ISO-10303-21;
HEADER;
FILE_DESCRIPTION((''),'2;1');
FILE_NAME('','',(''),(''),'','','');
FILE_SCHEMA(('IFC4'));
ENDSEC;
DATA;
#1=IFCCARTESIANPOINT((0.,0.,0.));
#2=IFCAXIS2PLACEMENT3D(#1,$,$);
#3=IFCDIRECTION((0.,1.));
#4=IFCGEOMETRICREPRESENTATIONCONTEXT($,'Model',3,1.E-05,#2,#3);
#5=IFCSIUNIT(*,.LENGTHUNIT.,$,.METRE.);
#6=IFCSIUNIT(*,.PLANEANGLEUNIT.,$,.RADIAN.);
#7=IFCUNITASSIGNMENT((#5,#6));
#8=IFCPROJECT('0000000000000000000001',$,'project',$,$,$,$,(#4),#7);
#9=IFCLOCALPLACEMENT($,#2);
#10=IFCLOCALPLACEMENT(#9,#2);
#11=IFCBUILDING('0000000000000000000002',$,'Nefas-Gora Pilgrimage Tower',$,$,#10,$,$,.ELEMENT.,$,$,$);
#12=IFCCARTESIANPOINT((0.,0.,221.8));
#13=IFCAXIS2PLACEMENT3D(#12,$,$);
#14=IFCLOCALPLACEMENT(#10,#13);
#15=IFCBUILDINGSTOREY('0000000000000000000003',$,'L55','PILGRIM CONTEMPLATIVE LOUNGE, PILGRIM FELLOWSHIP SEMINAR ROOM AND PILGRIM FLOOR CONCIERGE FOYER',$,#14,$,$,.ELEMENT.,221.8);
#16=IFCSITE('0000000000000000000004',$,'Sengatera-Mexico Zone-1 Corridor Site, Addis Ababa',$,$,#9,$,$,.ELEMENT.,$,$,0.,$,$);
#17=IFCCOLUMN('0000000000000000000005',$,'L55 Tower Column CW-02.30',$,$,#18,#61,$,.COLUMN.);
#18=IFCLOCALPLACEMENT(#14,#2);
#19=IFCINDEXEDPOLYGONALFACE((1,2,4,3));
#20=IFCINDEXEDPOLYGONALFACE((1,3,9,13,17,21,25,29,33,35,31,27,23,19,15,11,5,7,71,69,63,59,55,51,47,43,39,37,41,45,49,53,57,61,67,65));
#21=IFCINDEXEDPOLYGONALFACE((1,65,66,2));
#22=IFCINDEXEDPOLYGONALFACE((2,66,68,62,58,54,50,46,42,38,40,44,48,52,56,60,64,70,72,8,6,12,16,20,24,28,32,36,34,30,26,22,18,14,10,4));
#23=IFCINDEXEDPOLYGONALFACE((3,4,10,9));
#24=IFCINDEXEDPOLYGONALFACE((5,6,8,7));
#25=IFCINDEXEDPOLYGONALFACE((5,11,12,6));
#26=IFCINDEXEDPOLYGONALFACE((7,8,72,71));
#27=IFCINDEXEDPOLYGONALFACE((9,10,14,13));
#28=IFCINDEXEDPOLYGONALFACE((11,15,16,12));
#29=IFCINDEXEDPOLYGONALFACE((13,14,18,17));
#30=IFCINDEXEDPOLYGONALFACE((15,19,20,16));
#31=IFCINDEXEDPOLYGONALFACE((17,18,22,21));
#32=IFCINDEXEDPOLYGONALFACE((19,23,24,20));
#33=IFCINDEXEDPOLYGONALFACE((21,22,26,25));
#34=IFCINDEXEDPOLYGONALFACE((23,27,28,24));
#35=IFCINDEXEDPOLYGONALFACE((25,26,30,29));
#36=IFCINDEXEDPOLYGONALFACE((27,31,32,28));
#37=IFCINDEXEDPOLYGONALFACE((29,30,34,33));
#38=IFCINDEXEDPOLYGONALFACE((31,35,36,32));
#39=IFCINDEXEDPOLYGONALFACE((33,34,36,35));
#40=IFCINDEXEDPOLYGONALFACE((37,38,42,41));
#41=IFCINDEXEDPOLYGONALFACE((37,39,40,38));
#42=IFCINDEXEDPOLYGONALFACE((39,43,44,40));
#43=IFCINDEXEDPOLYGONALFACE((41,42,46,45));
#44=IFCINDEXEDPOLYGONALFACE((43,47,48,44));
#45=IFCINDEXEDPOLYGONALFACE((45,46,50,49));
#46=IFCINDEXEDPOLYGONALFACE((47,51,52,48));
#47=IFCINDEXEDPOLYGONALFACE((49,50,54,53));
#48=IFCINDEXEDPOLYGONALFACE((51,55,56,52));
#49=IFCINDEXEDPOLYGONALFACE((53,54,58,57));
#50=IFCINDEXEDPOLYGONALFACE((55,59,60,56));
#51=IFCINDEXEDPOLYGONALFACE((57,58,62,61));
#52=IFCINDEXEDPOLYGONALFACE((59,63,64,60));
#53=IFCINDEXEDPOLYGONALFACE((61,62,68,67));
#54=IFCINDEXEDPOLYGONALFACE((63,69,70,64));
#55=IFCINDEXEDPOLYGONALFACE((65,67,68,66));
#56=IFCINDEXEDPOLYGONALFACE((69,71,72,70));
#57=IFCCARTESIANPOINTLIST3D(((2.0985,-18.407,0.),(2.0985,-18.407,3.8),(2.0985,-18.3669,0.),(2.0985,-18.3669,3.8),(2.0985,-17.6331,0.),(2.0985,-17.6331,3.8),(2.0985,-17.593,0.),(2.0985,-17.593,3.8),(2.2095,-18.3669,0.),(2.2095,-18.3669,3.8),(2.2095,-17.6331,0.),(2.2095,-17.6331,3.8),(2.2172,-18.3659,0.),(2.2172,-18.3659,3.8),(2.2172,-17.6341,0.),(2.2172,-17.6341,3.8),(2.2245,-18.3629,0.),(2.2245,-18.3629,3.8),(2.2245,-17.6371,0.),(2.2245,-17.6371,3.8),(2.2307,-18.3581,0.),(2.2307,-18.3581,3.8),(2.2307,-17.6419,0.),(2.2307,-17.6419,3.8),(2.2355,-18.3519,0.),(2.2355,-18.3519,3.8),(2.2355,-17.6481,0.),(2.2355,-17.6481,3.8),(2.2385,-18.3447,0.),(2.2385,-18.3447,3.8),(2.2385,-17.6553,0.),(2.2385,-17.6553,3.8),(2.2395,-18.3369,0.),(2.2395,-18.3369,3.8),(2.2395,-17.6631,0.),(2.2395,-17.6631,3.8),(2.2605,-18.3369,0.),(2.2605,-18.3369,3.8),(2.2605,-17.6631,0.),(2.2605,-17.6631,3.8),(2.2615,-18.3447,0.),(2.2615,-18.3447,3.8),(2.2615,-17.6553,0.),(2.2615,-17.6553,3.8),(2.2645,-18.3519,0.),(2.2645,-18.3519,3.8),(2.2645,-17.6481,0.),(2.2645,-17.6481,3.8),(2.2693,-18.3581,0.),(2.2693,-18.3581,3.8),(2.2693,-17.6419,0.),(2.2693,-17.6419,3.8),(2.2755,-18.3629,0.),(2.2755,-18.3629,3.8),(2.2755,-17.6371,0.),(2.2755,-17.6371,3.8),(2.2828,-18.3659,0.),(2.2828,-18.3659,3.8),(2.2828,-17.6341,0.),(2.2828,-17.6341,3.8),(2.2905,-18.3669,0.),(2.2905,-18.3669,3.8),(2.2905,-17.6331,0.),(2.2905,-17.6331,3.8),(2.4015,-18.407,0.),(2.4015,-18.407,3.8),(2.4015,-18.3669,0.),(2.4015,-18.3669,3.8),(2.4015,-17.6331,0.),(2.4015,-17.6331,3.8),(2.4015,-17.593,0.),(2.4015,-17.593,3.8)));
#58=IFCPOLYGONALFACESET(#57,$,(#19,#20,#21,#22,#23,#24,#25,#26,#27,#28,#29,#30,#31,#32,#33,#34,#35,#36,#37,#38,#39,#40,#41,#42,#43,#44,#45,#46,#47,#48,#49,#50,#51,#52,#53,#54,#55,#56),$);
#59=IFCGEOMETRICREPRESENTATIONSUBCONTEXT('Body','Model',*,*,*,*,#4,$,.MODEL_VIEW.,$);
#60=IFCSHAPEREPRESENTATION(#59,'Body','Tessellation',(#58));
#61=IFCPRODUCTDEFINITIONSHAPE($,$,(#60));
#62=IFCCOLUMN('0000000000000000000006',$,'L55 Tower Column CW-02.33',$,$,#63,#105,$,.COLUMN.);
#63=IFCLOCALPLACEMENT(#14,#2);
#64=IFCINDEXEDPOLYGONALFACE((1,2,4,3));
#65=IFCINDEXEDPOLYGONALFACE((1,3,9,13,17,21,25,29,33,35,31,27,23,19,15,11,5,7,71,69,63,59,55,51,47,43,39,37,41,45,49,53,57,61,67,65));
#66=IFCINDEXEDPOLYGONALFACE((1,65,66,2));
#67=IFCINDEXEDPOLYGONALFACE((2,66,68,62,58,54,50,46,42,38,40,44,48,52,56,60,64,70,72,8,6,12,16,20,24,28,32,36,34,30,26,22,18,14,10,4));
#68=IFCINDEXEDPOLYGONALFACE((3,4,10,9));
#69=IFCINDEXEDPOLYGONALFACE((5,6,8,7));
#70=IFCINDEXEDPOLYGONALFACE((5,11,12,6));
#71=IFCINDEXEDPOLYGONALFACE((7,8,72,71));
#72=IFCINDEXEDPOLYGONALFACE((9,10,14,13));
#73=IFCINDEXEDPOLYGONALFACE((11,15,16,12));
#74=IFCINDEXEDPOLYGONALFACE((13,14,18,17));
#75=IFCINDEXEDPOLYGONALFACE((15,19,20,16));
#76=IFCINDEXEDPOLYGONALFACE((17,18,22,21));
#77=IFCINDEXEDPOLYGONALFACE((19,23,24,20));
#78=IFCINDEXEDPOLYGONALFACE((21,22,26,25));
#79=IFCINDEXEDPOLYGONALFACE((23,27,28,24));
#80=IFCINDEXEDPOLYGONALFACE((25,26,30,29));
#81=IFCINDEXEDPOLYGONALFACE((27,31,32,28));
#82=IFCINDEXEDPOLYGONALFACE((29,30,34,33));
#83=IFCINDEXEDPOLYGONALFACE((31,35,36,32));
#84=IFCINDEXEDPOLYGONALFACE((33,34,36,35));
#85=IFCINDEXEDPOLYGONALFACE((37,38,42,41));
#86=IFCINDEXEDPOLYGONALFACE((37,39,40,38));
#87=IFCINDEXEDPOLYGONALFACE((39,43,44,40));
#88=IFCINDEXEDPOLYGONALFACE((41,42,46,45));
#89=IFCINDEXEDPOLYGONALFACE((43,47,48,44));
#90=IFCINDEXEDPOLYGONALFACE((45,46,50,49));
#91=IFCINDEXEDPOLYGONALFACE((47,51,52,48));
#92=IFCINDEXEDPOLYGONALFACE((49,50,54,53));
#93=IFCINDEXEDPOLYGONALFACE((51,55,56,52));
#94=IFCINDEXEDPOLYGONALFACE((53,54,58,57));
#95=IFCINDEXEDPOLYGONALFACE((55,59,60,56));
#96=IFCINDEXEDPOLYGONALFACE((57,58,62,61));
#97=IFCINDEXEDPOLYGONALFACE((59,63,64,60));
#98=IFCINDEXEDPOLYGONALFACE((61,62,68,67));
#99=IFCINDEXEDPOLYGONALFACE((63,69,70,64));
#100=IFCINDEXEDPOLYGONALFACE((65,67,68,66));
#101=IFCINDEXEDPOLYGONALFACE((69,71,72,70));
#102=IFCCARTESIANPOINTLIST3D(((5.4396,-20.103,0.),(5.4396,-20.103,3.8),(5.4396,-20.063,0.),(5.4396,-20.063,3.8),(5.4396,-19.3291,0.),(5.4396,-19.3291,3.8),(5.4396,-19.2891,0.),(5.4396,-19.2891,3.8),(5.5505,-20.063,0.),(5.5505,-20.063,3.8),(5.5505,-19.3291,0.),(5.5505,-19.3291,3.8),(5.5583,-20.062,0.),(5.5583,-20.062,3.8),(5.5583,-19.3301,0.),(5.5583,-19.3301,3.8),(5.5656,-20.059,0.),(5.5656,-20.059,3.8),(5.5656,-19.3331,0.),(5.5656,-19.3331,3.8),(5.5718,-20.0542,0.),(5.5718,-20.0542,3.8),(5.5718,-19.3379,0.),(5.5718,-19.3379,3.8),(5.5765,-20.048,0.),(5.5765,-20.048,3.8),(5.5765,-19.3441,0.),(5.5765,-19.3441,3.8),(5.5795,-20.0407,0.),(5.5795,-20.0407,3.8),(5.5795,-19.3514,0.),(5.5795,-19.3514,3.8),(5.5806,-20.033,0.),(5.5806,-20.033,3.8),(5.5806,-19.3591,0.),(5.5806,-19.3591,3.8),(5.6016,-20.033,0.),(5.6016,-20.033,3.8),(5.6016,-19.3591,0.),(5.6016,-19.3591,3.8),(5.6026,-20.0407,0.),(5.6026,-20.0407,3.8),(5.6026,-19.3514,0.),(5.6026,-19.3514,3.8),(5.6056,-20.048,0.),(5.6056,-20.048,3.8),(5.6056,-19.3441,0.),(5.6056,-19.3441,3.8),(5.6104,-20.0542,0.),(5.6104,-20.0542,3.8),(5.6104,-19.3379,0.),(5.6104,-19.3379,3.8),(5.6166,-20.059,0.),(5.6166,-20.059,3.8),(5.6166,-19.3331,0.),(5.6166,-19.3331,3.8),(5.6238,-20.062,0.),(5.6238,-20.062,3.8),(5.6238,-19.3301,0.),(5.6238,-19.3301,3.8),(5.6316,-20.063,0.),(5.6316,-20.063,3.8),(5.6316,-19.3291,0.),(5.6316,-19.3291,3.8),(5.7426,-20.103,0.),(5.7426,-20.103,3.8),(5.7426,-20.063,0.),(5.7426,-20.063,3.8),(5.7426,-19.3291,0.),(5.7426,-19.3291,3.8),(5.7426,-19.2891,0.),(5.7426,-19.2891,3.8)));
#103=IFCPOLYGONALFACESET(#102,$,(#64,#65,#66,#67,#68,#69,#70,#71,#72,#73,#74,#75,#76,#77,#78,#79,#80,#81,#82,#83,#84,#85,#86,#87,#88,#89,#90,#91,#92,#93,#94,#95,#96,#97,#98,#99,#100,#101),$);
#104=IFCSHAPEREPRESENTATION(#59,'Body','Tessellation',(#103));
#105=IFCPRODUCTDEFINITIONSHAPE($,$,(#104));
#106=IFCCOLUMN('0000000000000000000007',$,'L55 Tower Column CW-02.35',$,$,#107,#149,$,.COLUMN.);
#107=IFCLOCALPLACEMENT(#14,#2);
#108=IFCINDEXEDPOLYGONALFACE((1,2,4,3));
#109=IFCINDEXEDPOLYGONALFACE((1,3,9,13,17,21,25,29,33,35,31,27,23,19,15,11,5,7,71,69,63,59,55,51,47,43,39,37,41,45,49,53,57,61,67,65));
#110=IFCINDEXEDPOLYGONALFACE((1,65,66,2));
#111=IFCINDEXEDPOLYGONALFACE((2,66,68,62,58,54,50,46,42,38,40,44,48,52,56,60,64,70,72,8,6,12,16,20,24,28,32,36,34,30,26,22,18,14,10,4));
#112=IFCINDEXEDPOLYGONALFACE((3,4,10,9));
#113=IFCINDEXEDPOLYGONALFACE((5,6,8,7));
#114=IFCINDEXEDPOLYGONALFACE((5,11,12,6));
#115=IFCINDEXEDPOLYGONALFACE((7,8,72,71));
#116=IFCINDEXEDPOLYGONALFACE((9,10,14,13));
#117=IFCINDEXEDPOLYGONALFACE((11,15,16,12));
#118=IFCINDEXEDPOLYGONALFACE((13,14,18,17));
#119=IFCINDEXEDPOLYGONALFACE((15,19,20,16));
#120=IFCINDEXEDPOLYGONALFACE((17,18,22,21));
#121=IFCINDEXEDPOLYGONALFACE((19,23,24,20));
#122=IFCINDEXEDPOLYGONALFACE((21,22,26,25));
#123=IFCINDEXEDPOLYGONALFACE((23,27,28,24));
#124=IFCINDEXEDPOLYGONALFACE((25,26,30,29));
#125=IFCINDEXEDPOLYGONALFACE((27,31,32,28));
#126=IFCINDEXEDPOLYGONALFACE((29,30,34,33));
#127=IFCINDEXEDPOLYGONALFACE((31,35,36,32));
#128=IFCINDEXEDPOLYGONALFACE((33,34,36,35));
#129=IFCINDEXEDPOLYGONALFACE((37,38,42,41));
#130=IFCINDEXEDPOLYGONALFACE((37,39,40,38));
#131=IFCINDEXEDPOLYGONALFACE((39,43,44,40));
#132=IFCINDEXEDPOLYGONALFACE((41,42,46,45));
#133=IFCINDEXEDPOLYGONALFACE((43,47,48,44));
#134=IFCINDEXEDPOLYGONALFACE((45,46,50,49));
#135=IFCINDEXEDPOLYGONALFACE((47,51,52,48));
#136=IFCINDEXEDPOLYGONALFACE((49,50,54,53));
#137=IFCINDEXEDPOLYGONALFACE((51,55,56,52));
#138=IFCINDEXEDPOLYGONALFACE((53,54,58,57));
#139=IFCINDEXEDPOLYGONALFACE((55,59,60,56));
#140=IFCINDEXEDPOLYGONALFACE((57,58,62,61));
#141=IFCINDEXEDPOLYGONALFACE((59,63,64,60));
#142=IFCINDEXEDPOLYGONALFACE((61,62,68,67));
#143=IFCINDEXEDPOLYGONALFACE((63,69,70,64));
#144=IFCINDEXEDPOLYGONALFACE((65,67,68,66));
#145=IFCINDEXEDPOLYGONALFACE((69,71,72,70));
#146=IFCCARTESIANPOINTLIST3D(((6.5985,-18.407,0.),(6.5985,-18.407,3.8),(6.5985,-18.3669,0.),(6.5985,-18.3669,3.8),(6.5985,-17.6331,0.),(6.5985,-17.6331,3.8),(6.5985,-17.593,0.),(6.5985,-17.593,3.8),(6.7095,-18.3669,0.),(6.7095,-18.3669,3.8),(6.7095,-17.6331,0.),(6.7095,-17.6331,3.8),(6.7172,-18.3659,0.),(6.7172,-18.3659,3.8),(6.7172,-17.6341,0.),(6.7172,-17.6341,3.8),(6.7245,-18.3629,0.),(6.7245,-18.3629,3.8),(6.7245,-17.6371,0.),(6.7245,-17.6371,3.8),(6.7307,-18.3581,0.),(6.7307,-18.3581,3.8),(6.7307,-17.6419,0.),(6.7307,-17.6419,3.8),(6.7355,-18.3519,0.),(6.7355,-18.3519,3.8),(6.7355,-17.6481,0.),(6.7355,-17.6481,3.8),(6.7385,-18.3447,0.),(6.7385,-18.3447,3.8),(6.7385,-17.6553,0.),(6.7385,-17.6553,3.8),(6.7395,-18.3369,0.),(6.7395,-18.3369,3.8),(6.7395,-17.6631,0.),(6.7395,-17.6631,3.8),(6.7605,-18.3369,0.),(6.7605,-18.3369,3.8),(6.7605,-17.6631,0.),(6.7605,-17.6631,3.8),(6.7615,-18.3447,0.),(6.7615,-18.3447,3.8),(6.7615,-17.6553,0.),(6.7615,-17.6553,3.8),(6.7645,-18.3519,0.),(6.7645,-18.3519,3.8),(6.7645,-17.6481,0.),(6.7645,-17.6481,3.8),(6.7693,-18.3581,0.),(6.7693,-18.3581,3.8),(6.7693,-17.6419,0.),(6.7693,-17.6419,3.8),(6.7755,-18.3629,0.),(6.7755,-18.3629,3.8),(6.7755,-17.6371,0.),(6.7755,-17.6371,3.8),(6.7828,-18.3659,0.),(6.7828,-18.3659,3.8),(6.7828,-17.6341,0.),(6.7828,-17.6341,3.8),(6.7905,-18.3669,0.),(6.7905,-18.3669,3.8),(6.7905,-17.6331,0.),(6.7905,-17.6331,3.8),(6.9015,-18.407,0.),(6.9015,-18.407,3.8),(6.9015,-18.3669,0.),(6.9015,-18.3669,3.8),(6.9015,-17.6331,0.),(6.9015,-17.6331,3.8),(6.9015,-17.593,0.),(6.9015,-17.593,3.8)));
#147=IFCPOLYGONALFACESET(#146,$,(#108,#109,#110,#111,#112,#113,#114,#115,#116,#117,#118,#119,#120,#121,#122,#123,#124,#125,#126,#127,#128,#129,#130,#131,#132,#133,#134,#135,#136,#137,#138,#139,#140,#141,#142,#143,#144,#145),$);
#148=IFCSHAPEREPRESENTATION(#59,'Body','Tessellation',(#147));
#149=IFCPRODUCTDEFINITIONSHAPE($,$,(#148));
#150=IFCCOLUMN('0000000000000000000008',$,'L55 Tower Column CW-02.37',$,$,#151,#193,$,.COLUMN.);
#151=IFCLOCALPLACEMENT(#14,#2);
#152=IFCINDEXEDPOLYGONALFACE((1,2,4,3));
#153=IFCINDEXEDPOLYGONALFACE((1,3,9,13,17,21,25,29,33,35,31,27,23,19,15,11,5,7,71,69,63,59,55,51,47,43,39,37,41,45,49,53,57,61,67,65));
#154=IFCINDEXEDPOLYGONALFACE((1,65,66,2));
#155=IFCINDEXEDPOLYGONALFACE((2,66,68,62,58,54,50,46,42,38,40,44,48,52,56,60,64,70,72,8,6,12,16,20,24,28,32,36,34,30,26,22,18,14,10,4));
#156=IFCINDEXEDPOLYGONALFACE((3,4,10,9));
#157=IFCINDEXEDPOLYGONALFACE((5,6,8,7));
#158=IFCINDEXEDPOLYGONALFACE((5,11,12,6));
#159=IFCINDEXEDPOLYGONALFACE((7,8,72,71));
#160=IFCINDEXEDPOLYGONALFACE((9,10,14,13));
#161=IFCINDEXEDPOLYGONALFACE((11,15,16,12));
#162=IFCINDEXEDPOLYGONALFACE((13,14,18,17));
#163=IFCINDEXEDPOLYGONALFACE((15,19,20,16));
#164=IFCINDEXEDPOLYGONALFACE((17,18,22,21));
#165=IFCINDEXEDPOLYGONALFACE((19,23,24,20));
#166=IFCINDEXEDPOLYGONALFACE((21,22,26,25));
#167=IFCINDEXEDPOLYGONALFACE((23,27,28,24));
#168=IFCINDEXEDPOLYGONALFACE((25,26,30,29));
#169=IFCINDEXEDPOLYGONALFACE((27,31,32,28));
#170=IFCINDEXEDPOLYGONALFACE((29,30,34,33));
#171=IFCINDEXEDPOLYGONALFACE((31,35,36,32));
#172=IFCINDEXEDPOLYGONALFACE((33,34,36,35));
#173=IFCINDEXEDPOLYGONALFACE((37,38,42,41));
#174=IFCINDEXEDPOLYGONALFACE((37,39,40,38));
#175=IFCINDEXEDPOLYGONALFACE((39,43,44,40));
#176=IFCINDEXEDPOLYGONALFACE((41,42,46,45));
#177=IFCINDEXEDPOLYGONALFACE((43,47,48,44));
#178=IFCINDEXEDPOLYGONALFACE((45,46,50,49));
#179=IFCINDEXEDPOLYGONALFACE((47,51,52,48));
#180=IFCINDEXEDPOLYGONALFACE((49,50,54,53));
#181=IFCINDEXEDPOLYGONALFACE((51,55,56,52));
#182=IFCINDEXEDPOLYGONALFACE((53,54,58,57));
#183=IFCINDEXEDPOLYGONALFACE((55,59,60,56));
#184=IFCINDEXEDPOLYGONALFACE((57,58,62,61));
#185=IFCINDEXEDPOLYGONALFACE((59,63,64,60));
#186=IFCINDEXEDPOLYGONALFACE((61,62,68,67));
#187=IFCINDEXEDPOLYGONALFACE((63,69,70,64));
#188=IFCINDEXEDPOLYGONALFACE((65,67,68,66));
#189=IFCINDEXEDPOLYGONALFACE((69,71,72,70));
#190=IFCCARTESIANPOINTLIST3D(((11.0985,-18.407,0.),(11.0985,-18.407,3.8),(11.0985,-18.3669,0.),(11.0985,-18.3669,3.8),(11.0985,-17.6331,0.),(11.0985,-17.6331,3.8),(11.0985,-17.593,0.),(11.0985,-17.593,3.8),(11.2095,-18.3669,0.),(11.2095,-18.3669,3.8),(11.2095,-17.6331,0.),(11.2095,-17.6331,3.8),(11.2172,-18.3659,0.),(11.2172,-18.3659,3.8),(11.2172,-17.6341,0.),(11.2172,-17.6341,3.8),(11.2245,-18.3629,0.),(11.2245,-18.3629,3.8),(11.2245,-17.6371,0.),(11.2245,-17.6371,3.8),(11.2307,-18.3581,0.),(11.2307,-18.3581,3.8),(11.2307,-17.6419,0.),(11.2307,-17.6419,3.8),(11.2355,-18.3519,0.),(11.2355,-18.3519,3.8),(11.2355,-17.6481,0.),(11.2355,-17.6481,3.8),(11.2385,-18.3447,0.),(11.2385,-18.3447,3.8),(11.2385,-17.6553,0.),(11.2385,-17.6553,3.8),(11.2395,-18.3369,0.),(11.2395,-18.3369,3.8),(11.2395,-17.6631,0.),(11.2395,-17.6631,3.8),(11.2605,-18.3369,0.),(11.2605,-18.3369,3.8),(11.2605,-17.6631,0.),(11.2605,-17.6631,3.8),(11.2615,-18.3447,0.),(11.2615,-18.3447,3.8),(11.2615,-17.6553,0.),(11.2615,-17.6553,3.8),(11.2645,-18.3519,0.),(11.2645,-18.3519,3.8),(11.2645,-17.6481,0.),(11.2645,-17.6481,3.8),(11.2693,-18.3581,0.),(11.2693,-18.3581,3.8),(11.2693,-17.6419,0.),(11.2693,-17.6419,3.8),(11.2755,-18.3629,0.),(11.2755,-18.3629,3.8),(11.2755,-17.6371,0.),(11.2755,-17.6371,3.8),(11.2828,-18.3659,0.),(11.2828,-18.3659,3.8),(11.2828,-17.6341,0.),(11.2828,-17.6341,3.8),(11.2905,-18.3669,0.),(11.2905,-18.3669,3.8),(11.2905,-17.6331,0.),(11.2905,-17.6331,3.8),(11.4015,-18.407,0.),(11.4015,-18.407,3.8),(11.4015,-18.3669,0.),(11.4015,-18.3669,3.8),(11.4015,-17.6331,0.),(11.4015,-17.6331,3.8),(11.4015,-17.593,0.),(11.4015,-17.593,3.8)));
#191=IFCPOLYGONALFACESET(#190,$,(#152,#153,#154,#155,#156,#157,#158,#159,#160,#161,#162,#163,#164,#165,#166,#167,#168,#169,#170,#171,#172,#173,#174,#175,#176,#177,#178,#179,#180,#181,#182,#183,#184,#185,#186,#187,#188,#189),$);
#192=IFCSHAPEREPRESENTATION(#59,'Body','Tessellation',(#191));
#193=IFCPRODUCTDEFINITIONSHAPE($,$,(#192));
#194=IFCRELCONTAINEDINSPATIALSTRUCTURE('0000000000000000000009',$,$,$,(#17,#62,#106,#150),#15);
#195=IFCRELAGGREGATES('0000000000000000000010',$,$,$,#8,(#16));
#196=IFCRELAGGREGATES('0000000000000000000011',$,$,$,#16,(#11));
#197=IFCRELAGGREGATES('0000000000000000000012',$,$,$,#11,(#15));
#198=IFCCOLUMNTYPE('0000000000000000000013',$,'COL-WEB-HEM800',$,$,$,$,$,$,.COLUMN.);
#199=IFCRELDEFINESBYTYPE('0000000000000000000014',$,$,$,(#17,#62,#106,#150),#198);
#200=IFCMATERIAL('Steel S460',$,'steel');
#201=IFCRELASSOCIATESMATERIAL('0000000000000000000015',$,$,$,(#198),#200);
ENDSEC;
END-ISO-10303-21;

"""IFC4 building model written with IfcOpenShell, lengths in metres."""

from ifc_helpers import new_model, si_unit, direction, frame, origin, origin_2d, place, context, subcontext, project, spatial, i_section, extrude, source, transform, mapped, material, material_profile, profile_set, type_object, element, save


model = new_model("IFC4")

# Units and contexts
model_context = context("Model", 3, precision=1e-05, world=origin(), true_north=direction((0.0, 1.0)))
body_context = subcontext(model_context, "Body", "Model", "MODEL_VIEW")
ifc_project = project(units=[si_unit("LENGTHUNIT", "METRE"), si_unit("PLANEANGLEUNIT", "RADIAN")], contexts=[model_context])

# Site, building, storey
site_placement = place(None, origin())
site = spatial("IfcSite", under=ifc_project, at=site_placement, Name="Sengatera-Mexico Zone-1 Corridor Site, Addis Ababa", CompositionType="ELEMENT", RefElevation=0.0)
building_placement = place(site_placement, origin())
building = spatial("IfcBuilding", under=site, at=building_placement, Name="Nefas-Gora Pilgrimage Tower", CompositionType="ELEMENT")
storey_placement = place(building_placement, frame((0.0, 0.0, 221.8)))
storey = spatial("IfcBuildingStorey", under=building, at=storey_placement, Name="L55", Description="PILGRIM CONTEMPLATIVE LOUNGE, PILGRIM FELLOWSHIP SEMINAR ROOM AND PILGRIM FLOOR CONCIERGE FOYER", CompositionType="ELEMENT", Elevation=221.8)

# Columns
ifc_material_1 = material(Name="Steel S460", Category="steel")
ifc_material_profile_1 = material_profile(ifc_material_1, i_section(OverallWidth=0.303, OverallDepth=0.814, WebThickness=0.021, FlangeThickness=0.04, FilletRadius=0.03, at=origin_2d()), Name="HEM 800")
ifc_profile_set_1 = profile_set([ifc_material_profile_1], Name="Steel S460")
column_type_1 = type_object("IfcColumnType", Name="COL-WEB-HEM800", PredefinedType="COLUMN", material=ifc_profile_set_1)
shared_shape_1 = source(origin(), body_context, "Body", "SweptSolid", [
    extrude(i_section(OverallWidth=0.303, OverallDepth=0.814, WebThickness=0.021, FlangeThickness=0.04, FilletRadius=0.03, at=origin_2d()), origin(), (0.0, 0.0, 1.0), 3.8),
])
for number, where, z_axis, x_axis, name in (
    (1, (2.25, -18.0, 0.0), (0.0, 0.0, 1.0), (1.0, 0.0, 0.0), "L55 Tower Column CW-02.30"),
    (2, (5.5911, -19.696, 0.0), (0.0, 0.0, 1.0), (1.0, 0.0, 0.0), "L55 Tower Column CW-02.33"),
    (3, (6.75, -18.0, 0.0), (0.0, 0.0, 1.0), (1.0, 0.0, 0.0), "L55 Tower Column CW-02.35"),
    (4, (11.25, -18.0, 0.0), (0.0, 0.0, 1.0), (1.0, 0.0, 0.0), "L55 Tower Column CW-02.37"),
):
    element("IfcColumn", number, at=place(storey_placement, frame(where, z_axis=z_axis, x_axis=x_axis)), inside=storey, type_object=column_type_1, Name=name, PredefinedType="COLUMN", context=body_context, shape_type="MappedRepresentation", body=[
        mapped(shared_shape_1, transform((0.0, 0.0, 0.0), x_axis=(1.0, 0.0, 0.0), y_axis=(0.0, 1.0, 0.0), z_axis=(0.0, 0.0, 1.0), scale=1.0)),
    ])

save(model, "model.ifc")
